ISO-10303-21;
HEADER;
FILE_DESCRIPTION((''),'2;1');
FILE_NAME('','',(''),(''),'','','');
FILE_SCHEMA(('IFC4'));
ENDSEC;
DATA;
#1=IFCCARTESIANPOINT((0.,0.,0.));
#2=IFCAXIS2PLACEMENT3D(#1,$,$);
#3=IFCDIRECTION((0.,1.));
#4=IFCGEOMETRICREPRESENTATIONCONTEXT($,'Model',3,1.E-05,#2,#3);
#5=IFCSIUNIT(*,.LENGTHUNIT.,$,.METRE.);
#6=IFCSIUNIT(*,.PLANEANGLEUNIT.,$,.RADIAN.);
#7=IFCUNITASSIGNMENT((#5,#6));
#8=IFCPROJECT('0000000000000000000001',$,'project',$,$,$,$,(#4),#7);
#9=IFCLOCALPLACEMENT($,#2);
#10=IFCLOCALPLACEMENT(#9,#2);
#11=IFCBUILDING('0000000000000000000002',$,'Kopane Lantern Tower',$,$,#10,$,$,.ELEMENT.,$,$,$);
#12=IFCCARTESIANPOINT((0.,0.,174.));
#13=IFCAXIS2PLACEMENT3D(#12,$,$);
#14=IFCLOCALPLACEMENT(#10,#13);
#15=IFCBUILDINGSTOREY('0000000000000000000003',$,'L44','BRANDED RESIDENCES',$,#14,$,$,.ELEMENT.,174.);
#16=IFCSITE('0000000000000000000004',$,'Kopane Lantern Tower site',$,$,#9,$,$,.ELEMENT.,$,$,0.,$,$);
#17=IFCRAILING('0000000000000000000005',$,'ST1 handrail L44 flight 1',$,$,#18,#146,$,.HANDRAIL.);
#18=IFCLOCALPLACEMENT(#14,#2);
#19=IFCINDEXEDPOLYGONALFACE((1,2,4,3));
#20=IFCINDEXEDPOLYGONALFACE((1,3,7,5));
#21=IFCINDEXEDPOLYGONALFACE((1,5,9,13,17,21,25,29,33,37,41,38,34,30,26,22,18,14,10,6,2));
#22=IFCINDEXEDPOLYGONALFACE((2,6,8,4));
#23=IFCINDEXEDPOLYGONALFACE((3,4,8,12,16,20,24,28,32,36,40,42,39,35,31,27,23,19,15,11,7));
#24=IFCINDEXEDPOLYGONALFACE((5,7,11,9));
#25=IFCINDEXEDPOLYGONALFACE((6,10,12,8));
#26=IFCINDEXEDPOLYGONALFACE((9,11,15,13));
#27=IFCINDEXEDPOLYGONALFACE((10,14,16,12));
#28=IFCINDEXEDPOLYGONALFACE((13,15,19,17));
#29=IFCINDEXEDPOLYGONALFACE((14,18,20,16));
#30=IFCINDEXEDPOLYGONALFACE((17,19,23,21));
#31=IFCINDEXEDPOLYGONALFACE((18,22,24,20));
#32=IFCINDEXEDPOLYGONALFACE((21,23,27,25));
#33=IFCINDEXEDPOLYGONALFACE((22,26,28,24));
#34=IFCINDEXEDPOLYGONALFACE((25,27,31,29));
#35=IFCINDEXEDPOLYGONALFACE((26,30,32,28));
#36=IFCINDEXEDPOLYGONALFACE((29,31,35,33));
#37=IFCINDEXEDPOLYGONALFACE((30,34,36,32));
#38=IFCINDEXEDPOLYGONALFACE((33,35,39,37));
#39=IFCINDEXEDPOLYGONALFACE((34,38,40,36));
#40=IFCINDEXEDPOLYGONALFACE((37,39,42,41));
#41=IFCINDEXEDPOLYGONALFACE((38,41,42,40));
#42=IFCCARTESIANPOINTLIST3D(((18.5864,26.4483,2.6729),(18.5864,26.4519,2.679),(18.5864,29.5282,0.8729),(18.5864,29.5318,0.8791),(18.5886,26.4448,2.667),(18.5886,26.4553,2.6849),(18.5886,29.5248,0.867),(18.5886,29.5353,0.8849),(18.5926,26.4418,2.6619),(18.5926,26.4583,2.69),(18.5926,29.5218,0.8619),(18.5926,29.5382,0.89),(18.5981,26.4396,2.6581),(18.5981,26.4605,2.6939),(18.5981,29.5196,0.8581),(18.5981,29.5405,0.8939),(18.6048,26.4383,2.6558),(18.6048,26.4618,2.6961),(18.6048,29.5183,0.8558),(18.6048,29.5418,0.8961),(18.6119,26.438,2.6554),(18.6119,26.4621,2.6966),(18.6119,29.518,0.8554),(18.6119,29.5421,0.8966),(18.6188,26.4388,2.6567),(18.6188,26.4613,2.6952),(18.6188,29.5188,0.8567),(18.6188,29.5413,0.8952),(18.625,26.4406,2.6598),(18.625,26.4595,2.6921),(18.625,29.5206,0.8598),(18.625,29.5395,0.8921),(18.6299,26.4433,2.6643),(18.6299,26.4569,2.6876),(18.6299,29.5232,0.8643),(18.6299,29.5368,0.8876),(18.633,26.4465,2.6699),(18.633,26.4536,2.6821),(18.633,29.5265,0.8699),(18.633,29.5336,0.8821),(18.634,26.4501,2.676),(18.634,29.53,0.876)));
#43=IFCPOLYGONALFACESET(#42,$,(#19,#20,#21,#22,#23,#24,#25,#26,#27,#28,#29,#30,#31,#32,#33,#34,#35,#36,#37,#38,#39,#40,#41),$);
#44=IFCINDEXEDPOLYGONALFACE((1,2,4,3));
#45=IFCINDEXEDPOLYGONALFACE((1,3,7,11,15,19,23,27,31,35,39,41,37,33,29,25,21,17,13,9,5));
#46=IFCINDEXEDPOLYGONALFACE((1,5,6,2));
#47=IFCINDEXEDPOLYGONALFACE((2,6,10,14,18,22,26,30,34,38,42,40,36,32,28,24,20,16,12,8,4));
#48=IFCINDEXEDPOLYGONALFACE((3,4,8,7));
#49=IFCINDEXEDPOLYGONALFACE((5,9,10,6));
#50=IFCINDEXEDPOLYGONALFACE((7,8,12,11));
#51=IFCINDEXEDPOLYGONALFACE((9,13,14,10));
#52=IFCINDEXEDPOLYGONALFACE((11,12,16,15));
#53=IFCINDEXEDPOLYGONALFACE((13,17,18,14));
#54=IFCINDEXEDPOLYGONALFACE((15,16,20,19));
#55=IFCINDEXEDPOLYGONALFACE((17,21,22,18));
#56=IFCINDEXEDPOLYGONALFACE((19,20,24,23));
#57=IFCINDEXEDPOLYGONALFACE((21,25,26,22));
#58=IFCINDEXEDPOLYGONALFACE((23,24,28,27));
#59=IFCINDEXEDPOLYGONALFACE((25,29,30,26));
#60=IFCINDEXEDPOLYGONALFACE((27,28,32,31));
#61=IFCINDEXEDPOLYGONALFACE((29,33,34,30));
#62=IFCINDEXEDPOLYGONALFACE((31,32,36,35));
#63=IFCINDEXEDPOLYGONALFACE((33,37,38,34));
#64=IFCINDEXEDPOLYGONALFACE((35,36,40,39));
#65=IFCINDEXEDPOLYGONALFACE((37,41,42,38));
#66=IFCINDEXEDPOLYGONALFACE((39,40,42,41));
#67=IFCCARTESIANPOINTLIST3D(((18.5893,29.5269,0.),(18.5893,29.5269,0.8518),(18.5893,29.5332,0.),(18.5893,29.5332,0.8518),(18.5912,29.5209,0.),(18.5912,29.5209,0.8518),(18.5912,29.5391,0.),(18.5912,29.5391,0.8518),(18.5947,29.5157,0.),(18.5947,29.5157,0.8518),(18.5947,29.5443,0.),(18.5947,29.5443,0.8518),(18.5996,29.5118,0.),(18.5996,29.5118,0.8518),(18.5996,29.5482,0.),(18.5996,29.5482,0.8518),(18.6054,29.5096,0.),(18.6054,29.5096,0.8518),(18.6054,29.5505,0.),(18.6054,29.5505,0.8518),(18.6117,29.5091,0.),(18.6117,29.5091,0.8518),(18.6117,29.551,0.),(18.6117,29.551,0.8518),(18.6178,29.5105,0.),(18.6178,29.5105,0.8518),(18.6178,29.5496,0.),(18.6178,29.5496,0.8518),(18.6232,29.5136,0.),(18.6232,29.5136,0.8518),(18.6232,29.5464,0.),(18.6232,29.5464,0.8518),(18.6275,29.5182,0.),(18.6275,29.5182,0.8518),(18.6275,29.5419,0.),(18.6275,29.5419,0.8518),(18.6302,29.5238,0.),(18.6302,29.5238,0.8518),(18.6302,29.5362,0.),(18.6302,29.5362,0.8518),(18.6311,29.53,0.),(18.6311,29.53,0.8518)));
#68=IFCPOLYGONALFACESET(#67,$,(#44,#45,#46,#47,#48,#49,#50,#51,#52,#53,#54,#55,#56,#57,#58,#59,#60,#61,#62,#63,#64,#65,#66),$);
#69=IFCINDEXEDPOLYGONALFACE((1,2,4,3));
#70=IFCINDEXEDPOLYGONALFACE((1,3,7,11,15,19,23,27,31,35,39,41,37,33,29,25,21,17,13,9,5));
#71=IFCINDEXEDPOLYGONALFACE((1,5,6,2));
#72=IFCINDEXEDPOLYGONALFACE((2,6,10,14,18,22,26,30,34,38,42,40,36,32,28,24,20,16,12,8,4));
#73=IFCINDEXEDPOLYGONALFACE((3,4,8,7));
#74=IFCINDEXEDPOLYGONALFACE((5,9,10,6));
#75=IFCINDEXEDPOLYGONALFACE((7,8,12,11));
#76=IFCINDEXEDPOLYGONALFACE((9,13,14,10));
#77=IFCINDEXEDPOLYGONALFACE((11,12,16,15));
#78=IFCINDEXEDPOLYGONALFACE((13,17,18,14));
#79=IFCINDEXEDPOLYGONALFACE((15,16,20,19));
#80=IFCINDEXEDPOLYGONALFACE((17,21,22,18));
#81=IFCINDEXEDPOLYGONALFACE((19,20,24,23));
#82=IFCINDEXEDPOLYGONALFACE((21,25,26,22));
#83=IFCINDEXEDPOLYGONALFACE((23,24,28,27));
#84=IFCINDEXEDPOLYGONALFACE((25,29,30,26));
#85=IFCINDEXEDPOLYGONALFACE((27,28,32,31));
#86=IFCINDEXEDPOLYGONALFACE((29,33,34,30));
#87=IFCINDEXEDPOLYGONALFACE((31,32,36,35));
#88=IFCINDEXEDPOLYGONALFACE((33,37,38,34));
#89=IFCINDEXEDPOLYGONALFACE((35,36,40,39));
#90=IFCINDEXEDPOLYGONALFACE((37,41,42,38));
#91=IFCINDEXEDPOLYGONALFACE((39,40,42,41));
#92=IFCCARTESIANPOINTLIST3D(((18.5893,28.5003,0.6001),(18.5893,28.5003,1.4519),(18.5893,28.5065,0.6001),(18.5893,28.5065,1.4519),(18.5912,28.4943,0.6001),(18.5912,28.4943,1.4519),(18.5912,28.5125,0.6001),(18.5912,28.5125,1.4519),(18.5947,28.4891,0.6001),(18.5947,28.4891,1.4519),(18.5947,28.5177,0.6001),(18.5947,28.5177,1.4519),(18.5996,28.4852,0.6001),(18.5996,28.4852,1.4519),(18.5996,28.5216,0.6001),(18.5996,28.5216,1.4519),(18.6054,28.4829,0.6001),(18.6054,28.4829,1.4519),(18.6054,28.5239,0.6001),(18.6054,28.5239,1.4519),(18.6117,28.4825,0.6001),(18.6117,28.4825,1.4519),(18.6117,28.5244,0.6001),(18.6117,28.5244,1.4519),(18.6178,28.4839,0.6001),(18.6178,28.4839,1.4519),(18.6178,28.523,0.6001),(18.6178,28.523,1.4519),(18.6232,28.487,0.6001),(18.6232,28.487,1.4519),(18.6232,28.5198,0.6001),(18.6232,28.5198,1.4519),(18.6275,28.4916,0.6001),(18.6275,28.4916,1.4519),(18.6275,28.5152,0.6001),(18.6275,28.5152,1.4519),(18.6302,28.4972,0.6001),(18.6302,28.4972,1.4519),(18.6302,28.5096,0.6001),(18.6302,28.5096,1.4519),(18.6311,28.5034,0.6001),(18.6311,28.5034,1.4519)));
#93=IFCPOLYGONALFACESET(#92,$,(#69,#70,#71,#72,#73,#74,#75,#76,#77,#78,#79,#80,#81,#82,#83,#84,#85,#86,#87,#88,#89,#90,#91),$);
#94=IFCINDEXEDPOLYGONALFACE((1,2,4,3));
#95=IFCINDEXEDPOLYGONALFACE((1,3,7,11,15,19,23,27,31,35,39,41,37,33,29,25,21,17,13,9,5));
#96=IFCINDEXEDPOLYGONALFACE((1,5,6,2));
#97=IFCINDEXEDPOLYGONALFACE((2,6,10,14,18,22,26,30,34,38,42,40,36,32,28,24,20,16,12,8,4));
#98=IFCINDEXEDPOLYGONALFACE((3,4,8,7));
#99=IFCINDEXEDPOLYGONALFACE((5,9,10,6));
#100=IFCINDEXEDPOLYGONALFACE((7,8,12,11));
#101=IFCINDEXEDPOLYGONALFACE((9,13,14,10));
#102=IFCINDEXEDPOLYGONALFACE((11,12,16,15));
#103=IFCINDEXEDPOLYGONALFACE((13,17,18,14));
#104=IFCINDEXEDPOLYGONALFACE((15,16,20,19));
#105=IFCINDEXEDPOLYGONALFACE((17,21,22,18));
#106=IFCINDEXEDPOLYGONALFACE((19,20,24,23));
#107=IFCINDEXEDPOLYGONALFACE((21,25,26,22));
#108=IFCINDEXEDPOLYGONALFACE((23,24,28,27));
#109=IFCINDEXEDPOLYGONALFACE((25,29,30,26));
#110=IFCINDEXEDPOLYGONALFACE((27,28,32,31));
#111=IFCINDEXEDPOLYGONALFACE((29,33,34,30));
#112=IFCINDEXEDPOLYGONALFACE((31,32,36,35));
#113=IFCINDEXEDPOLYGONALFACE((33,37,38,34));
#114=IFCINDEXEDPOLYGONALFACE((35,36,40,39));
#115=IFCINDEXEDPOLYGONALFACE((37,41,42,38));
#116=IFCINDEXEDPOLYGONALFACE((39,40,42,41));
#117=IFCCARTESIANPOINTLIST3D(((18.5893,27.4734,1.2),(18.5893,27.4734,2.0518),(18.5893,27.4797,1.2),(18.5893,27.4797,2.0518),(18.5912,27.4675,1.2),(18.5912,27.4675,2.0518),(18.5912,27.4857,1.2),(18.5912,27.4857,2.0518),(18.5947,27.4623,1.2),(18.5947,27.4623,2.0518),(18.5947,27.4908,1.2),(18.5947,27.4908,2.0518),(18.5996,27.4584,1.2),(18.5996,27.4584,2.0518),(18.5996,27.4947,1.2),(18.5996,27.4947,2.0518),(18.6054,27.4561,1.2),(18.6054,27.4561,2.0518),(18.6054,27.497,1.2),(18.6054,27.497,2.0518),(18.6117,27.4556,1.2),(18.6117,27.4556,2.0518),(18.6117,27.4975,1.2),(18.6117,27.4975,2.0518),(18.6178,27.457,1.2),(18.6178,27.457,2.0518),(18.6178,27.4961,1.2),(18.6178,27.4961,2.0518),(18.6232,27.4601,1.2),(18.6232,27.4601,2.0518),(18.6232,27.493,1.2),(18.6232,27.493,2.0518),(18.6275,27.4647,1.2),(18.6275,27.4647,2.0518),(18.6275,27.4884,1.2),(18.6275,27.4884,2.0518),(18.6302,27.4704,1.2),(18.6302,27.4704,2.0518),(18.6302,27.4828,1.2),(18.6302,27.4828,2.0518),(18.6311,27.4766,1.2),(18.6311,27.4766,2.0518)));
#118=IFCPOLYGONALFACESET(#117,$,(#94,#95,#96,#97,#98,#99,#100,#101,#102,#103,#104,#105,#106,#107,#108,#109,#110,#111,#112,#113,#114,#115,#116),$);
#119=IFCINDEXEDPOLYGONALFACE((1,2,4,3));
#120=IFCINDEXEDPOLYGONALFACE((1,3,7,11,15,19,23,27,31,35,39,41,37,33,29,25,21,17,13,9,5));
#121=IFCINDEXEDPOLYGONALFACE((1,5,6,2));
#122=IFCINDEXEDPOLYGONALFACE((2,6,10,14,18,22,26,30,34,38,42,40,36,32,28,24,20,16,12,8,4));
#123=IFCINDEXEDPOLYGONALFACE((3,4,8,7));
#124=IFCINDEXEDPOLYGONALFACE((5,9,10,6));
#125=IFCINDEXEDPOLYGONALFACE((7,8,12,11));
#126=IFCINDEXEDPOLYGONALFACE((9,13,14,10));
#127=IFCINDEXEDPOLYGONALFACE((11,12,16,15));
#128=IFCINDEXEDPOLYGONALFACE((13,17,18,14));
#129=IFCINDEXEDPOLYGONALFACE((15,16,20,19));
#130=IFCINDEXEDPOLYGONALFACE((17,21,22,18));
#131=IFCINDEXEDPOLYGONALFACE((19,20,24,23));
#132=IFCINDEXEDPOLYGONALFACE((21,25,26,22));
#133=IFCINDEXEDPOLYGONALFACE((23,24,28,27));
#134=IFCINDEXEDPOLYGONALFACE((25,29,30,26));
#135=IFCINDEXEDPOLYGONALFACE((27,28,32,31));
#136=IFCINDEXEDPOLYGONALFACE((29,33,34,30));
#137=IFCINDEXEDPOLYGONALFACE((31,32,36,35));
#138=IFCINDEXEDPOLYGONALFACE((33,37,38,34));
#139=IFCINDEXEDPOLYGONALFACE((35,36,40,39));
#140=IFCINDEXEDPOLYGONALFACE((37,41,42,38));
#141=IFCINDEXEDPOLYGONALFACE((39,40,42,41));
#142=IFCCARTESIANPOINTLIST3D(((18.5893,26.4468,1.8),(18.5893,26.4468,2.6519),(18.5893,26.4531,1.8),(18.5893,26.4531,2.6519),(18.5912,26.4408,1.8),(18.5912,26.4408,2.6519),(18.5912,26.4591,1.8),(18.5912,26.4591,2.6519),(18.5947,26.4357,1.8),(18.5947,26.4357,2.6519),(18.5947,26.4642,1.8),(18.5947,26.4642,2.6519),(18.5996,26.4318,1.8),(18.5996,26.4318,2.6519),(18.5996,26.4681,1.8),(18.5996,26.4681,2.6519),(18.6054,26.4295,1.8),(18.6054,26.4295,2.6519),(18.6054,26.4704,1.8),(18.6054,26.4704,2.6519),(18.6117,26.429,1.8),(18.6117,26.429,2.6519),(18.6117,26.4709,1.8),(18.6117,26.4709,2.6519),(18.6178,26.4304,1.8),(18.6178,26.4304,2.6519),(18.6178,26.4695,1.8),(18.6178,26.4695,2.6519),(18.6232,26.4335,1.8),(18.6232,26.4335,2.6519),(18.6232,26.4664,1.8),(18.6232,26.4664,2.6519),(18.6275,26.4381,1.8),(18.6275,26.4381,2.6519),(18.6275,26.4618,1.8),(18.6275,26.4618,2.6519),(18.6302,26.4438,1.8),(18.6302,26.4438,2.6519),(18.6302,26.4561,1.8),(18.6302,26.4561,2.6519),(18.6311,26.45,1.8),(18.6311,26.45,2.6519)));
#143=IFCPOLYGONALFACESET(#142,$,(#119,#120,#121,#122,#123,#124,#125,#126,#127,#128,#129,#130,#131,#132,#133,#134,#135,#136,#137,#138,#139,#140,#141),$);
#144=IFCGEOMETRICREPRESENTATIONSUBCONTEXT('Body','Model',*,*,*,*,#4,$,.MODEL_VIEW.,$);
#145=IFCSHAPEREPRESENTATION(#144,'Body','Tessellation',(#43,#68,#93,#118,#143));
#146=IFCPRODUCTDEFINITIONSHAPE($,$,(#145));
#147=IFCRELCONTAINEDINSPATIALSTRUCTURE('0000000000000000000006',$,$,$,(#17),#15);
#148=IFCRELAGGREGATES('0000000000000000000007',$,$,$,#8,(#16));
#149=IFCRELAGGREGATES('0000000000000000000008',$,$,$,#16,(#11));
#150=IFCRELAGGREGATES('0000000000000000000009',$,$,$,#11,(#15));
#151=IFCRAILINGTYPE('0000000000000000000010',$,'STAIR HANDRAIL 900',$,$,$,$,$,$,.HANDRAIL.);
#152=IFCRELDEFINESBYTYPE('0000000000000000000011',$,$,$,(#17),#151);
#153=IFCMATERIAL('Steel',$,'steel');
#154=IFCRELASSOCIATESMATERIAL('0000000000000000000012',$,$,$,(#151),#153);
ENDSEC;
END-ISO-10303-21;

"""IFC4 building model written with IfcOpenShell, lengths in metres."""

from ifc_helpers import new_model, si_unit, direction, frame, origin, origin_2d, place, context, subcontext, project, spatial, circle, extrude, material, type_object, element, save


model = new_model("IFC4")

# Units and contexts
model_context = context("Model", 3, precision=1e-05, world=origin(), true_north=direction((0.0, 1.0)))
body_context = subcontext(model_context, "Body", "Model", "MODEL_VIEW")
ifc_project = project(units=[si_unit("LENGTHUNIT", "METRE"), si_unit("PLANEANGLEUNIT", "RADIAN")], contexts=[model_context])

# Site, building, storey
site_placement = place(None, origin())
site = spatial("IfcSite", under=ifc_project, at=site_placement, Name="Kopane Lantern Tower site", CompositionType="ELEMENT", RefElevation=0.0)
building_placement = place(site_placement, origin())
building = spatial("IfcBuilding", under=site, at=building_placement, Name="Kopane Lantern Tower", CompositionType="ELEMENT")
storey_placement = place(building_placement, frame((0.0, 0.0, 174.0)))
storey = spatial("IfcBuildingStorey", under=building, at=storey_placement, Name="L44", Description="BRANDED RESIDENCES", CompositionType="ELEMENT", Elevation=174.0)

# Railing
ifc_material_1 = material(Name="Steel", Category="steel")
railing_type_1 = type_object("IfcRailingType", Name="STAIR HANDRAIL 900", PredefinedType="HANDRAIL", material=ifc_material_1)
for number, where, name in (
    (1, (18.6101, 29.53, 0.0), "ST1 handrail L44 flight 1"),
):
    element("IfcRailing", number, at=place(storey_placement, frame(where)), inside=storey, type_object=railing_type_1, Name=name, PredefinedType="HANDRAIL", context=body_context, shape_type="SweptSolid", body=[
        extrude(circle(Radius=0.0239, at=origin_2d()), frame((0.0, 0.0, 0.876), z_axis=(0.0, -0.863372, 0.504569), x_axis=(1.0, 0.0, 0.0)), (0.0, 0.0, 1.0), 3.5674),
        extrude(circle(Radius=0.021, at=origin_2d()), origin(), (0.0, 0.0, 1.0), 0.8518),
        extrude(circle(Radius=0.021, at=origin_2d()), frame((0.0, -1.0266, 0.6001)), (0.0, 0.0, 1.0), 0.8518),
        extrude(circle(Radius=0.021, at=origin_2d()), frame((0.0, -2.0535, 1.2)), (0.0, 0.0, 1.0), 0.8518),
        extrude(circle(Radius=0.021, at=origin_2d()), frame((0.0, -3.0801, 1.8)), (0.0, 0.0, 1.0), 0.8518),
    ])

save(model, "model.ifc")
